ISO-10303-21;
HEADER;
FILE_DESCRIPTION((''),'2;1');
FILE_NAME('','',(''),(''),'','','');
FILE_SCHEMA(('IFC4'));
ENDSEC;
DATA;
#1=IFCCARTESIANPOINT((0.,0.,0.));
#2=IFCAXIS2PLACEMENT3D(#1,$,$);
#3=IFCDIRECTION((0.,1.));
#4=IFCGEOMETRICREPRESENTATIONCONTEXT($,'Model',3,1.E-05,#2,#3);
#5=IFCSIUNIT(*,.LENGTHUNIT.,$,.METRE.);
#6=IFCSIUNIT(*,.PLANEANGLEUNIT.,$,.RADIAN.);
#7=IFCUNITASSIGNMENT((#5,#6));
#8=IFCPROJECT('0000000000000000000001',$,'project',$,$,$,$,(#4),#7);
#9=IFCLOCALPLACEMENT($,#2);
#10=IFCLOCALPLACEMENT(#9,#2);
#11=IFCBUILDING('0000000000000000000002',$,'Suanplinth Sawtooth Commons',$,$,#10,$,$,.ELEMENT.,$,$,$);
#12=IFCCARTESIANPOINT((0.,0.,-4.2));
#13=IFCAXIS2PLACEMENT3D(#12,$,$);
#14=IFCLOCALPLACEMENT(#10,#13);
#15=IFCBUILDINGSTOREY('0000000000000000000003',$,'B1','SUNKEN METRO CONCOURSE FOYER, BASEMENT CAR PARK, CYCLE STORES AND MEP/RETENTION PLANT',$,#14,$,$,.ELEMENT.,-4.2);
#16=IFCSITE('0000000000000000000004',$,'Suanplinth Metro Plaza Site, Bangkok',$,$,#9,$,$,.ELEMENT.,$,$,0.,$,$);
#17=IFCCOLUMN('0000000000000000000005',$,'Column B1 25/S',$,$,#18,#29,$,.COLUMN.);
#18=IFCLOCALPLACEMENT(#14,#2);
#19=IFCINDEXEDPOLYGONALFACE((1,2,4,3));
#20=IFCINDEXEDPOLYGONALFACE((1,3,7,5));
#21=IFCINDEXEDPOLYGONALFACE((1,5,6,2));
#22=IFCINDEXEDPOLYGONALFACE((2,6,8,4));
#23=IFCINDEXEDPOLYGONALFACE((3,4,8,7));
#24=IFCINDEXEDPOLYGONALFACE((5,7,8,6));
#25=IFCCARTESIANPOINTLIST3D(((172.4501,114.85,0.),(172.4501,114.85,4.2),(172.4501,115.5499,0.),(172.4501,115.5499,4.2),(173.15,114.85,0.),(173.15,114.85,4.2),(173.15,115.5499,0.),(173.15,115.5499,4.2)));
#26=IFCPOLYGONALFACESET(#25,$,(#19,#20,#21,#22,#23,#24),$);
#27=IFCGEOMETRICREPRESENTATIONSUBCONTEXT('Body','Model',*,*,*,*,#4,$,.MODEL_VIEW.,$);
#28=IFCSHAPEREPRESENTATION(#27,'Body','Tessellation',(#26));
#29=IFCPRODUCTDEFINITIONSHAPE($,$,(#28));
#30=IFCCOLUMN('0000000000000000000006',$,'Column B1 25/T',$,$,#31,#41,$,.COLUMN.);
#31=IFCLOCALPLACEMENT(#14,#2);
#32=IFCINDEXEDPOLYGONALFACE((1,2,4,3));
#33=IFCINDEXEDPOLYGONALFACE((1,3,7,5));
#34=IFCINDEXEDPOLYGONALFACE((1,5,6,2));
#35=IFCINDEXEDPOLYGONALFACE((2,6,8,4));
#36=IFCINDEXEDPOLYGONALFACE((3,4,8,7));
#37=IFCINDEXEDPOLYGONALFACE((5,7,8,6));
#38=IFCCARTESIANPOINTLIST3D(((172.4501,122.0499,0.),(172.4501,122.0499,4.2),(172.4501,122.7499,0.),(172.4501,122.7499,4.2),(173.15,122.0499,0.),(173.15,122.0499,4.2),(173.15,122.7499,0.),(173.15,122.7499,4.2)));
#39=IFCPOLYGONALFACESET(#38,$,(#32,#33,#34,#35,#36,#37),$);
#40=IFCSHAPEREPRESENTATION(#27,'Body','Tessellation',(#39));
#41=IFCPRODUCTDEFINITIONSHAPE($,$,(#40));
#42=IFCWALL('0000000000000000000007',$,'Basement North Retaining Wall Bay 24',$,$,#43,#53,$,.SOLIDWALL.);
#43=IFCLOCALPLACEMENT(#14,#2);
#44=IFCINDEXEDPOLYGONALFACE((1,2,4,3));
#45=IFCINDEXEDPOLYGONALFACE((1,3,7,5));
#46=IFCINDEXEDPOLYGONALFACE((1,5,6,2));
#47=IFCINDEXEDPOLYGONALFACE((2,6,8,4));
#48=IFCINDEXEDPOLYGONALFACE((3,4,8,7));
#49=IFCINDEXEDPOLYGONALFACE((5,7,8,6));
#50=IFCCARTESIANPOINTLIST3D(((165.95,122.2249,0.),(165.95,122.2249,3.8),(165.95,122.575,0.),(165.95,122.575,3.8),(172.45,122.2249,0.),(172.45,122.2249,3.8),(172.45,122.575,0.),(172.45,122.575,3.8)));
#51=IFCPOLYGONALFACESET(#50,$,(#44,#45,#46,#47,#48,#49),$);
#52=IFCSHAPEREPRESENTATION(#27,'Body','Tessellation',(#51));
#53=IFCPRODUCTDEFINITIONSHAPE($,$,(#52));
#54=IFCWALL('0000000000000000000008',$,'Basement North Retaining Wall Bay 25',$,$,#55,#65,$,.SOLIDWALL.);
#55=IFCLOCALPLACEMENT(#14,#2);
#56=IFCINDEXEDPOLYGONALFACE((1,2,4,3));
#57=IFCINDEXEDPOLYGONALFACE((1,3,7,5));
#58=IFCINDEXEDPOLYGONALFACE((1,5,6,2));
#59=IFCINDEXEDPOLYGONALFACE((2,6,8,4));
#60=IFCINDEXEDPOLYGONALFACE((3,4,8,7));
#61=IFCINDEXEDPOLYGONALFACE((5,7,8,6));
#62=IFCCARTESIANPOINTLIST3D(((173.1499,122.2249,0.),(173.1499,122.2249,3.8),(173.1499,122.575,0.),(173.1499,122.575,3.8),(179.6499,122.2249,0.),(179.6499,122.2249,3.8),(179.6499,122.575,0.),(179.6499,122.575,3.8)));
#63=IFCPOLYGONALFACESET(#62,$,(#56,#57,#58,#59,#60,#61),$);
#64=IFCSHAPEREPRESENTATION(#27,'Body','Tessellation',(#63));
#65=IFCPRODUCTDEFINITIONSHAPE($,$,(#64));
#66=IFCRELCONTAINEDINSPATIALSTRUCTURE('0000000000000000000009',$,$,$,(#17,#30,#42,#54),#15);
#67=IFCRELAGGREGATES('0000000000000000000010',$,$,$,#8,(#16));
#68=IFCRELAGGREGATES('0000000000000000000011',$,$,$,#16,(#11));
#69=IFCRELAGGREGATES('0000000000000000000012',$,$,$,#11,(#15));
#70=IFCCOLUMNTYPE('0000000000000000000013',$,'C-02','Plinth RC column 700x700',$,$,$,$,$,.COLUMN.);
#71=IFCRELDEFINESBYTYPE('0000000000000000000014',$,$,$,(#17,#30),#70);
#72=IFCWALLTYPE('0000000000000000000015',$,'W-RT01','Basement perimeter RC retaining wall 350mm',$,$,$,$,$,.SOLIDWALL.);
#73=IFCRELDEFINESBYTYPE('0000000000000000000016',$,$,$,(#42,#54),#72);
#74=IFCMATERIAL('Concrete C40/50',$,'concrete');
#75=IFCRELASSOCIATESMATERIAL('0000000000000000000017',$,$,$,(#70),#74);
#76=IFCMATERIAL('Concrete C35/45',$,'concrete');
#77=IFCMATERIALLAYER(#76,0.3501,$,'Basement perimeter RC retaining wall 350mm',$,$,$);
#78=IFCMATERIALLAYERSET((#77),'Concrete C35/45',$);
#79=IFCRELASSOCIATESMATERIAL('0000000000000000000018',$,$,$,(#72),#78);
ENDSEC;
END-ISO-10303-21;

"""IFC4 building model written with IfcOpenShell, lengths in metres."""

from ifc_helpers import new_model, si_unit, direction, frame, frame_2d, origin, origin_2d, place, context, subcontext, project, spatial, rectangle, extrude, material, layer, layer_set, material_profile, profile_set, type_object, element, save


model = new_model("IFC4")

# Units and contexts
model_context = context("Model", 3, precision=1e-05, world=origin(), true_north=direction((0.0, 1.0)))
body_context = subcontext(model_context, "Body", "Model", "MODEL_VIEW")
ifc_project = project(units=[si_unit("LENGTHUNIT", "METRE"), si_unit("PLANEANGLEUNIT", "RADIAN")], contexts=[model_context])

# Site, building, storey
site_placement = place(None, origin())
site = spatial("IfcSite", under=ifc_project, at=site_placement, Name="Suanplinth Metro Plaza Site, Bangkok", CompositionType="ELEMENT", RefElevation=0.0)
building_placement = place(site_placement, origin())
building = spatial("IfcBuilding", under=site, at=building_placement, Name="Suanplinth Sawtooth Commons", CompositionType="ELEMENT")
storey_placement = place(building_placement, frame((0.0, 0.0, -4.2)))
storey = spatial("IfcBuildingStorey", under=building, at=storey_placement, Name="B1", Description="SUNKEN METRO CONCOURSE FOYER, BASEMENT CAR PARK, CYCLE STORES AND MEP/RETENTION PLANT", CompositionType="ELEMENT", Elevation=-4.2)

# Shared definitions
ifc_material_1 = material(Name="Concrete C35/45", Category="concrete")

# Columns
ifc_material_2 = material(Name="Concrete C40/50", Category="concrete")
ifc_material_profile_1 = material_profile(ifc_material_2, rectangle(XDim=0.7, YDim=0.7, at=origin_2d()), Name="RC-COL 700x700")
ifc_profile_set_1 = profile_set([ifc_material_profile_1], Name="Concrete C40/50")
column_type = type_object("IfcColumnType", Name="C-02", Description="Plinth RC column 700x700", PredefinedType="COLUMN", material=ifc_profile_set_1)
for number, where, z_axis, x_axis, name in (
    (1, (172.8, 115.2, 0.0), (0.0, 0.0, 1.0), (1.0, 0.0, 0.0), "Column B1 25/S"),
    (2, (172.8, 122.3999, 0.0), (0.0, 0.0, 1.0), (1.0, 0.0, 0.0), "Column B1 25/T"),
):
    element("IfcColumn", number, at=place(storey_placement, frame(where, z_axis=z_axis, x_axis=x_axis)), inside=storey, type_object=column_type, Name=name, PredefinedType="COLUMN", context=body_context, shape_type="SweptSolid", body=[
        extrude(rectangle(XDim=0.7, YDim=0.7, at=origin_2d()), origin(), (0.0, 0.0, 1.0), 4.2),
    ])

# Walls
ifc_layer = layer(ifc_material_1, 0.3501, Name="Basement perimeter RC retaining wall 350mm")
ifc_layer_set = layer_set([ifc_layer], Name="Concrete C35/45")
wall_type = type_object("IfcWallType", Name="W-RT01", Description="Basement perimeter RC retaining wall 350mm", PredefinedType="SOLIDWALL", material=ifc_layer_set)
for number, where, z_axis, x_axis, name in (
    (3, (165.95, 122.3999, 0.0), (0.0, 0.0, 1.0), (1.0, 0.0, 0.0), "Basement North Retaining Wall Bay 24"),
    (4, (173.1499, 122.3999, 0.0), (0.0, 0.0, 1.0), (1.0, 0.0, 0.0), "Basement North Retaining Wall Bay 25"),
):
    element("IfcWall", number, at=place(storey_placement, frame(where, z_axis=z_axis, x_axis=x_axis)), inside=storey, type_object=wall_type, Name=name, PredefinedType="SOLIDWALL", context=body_context, shape_type="SweptSolid", body=[
        extrude(rectangle(XDim=6.5, YDim=0.3501, at=frame_2d((3.25, 0.0))), origin(), (0.0, 0.0, 1.0), 3.8),
    ])

save(model, "model.ifc")
